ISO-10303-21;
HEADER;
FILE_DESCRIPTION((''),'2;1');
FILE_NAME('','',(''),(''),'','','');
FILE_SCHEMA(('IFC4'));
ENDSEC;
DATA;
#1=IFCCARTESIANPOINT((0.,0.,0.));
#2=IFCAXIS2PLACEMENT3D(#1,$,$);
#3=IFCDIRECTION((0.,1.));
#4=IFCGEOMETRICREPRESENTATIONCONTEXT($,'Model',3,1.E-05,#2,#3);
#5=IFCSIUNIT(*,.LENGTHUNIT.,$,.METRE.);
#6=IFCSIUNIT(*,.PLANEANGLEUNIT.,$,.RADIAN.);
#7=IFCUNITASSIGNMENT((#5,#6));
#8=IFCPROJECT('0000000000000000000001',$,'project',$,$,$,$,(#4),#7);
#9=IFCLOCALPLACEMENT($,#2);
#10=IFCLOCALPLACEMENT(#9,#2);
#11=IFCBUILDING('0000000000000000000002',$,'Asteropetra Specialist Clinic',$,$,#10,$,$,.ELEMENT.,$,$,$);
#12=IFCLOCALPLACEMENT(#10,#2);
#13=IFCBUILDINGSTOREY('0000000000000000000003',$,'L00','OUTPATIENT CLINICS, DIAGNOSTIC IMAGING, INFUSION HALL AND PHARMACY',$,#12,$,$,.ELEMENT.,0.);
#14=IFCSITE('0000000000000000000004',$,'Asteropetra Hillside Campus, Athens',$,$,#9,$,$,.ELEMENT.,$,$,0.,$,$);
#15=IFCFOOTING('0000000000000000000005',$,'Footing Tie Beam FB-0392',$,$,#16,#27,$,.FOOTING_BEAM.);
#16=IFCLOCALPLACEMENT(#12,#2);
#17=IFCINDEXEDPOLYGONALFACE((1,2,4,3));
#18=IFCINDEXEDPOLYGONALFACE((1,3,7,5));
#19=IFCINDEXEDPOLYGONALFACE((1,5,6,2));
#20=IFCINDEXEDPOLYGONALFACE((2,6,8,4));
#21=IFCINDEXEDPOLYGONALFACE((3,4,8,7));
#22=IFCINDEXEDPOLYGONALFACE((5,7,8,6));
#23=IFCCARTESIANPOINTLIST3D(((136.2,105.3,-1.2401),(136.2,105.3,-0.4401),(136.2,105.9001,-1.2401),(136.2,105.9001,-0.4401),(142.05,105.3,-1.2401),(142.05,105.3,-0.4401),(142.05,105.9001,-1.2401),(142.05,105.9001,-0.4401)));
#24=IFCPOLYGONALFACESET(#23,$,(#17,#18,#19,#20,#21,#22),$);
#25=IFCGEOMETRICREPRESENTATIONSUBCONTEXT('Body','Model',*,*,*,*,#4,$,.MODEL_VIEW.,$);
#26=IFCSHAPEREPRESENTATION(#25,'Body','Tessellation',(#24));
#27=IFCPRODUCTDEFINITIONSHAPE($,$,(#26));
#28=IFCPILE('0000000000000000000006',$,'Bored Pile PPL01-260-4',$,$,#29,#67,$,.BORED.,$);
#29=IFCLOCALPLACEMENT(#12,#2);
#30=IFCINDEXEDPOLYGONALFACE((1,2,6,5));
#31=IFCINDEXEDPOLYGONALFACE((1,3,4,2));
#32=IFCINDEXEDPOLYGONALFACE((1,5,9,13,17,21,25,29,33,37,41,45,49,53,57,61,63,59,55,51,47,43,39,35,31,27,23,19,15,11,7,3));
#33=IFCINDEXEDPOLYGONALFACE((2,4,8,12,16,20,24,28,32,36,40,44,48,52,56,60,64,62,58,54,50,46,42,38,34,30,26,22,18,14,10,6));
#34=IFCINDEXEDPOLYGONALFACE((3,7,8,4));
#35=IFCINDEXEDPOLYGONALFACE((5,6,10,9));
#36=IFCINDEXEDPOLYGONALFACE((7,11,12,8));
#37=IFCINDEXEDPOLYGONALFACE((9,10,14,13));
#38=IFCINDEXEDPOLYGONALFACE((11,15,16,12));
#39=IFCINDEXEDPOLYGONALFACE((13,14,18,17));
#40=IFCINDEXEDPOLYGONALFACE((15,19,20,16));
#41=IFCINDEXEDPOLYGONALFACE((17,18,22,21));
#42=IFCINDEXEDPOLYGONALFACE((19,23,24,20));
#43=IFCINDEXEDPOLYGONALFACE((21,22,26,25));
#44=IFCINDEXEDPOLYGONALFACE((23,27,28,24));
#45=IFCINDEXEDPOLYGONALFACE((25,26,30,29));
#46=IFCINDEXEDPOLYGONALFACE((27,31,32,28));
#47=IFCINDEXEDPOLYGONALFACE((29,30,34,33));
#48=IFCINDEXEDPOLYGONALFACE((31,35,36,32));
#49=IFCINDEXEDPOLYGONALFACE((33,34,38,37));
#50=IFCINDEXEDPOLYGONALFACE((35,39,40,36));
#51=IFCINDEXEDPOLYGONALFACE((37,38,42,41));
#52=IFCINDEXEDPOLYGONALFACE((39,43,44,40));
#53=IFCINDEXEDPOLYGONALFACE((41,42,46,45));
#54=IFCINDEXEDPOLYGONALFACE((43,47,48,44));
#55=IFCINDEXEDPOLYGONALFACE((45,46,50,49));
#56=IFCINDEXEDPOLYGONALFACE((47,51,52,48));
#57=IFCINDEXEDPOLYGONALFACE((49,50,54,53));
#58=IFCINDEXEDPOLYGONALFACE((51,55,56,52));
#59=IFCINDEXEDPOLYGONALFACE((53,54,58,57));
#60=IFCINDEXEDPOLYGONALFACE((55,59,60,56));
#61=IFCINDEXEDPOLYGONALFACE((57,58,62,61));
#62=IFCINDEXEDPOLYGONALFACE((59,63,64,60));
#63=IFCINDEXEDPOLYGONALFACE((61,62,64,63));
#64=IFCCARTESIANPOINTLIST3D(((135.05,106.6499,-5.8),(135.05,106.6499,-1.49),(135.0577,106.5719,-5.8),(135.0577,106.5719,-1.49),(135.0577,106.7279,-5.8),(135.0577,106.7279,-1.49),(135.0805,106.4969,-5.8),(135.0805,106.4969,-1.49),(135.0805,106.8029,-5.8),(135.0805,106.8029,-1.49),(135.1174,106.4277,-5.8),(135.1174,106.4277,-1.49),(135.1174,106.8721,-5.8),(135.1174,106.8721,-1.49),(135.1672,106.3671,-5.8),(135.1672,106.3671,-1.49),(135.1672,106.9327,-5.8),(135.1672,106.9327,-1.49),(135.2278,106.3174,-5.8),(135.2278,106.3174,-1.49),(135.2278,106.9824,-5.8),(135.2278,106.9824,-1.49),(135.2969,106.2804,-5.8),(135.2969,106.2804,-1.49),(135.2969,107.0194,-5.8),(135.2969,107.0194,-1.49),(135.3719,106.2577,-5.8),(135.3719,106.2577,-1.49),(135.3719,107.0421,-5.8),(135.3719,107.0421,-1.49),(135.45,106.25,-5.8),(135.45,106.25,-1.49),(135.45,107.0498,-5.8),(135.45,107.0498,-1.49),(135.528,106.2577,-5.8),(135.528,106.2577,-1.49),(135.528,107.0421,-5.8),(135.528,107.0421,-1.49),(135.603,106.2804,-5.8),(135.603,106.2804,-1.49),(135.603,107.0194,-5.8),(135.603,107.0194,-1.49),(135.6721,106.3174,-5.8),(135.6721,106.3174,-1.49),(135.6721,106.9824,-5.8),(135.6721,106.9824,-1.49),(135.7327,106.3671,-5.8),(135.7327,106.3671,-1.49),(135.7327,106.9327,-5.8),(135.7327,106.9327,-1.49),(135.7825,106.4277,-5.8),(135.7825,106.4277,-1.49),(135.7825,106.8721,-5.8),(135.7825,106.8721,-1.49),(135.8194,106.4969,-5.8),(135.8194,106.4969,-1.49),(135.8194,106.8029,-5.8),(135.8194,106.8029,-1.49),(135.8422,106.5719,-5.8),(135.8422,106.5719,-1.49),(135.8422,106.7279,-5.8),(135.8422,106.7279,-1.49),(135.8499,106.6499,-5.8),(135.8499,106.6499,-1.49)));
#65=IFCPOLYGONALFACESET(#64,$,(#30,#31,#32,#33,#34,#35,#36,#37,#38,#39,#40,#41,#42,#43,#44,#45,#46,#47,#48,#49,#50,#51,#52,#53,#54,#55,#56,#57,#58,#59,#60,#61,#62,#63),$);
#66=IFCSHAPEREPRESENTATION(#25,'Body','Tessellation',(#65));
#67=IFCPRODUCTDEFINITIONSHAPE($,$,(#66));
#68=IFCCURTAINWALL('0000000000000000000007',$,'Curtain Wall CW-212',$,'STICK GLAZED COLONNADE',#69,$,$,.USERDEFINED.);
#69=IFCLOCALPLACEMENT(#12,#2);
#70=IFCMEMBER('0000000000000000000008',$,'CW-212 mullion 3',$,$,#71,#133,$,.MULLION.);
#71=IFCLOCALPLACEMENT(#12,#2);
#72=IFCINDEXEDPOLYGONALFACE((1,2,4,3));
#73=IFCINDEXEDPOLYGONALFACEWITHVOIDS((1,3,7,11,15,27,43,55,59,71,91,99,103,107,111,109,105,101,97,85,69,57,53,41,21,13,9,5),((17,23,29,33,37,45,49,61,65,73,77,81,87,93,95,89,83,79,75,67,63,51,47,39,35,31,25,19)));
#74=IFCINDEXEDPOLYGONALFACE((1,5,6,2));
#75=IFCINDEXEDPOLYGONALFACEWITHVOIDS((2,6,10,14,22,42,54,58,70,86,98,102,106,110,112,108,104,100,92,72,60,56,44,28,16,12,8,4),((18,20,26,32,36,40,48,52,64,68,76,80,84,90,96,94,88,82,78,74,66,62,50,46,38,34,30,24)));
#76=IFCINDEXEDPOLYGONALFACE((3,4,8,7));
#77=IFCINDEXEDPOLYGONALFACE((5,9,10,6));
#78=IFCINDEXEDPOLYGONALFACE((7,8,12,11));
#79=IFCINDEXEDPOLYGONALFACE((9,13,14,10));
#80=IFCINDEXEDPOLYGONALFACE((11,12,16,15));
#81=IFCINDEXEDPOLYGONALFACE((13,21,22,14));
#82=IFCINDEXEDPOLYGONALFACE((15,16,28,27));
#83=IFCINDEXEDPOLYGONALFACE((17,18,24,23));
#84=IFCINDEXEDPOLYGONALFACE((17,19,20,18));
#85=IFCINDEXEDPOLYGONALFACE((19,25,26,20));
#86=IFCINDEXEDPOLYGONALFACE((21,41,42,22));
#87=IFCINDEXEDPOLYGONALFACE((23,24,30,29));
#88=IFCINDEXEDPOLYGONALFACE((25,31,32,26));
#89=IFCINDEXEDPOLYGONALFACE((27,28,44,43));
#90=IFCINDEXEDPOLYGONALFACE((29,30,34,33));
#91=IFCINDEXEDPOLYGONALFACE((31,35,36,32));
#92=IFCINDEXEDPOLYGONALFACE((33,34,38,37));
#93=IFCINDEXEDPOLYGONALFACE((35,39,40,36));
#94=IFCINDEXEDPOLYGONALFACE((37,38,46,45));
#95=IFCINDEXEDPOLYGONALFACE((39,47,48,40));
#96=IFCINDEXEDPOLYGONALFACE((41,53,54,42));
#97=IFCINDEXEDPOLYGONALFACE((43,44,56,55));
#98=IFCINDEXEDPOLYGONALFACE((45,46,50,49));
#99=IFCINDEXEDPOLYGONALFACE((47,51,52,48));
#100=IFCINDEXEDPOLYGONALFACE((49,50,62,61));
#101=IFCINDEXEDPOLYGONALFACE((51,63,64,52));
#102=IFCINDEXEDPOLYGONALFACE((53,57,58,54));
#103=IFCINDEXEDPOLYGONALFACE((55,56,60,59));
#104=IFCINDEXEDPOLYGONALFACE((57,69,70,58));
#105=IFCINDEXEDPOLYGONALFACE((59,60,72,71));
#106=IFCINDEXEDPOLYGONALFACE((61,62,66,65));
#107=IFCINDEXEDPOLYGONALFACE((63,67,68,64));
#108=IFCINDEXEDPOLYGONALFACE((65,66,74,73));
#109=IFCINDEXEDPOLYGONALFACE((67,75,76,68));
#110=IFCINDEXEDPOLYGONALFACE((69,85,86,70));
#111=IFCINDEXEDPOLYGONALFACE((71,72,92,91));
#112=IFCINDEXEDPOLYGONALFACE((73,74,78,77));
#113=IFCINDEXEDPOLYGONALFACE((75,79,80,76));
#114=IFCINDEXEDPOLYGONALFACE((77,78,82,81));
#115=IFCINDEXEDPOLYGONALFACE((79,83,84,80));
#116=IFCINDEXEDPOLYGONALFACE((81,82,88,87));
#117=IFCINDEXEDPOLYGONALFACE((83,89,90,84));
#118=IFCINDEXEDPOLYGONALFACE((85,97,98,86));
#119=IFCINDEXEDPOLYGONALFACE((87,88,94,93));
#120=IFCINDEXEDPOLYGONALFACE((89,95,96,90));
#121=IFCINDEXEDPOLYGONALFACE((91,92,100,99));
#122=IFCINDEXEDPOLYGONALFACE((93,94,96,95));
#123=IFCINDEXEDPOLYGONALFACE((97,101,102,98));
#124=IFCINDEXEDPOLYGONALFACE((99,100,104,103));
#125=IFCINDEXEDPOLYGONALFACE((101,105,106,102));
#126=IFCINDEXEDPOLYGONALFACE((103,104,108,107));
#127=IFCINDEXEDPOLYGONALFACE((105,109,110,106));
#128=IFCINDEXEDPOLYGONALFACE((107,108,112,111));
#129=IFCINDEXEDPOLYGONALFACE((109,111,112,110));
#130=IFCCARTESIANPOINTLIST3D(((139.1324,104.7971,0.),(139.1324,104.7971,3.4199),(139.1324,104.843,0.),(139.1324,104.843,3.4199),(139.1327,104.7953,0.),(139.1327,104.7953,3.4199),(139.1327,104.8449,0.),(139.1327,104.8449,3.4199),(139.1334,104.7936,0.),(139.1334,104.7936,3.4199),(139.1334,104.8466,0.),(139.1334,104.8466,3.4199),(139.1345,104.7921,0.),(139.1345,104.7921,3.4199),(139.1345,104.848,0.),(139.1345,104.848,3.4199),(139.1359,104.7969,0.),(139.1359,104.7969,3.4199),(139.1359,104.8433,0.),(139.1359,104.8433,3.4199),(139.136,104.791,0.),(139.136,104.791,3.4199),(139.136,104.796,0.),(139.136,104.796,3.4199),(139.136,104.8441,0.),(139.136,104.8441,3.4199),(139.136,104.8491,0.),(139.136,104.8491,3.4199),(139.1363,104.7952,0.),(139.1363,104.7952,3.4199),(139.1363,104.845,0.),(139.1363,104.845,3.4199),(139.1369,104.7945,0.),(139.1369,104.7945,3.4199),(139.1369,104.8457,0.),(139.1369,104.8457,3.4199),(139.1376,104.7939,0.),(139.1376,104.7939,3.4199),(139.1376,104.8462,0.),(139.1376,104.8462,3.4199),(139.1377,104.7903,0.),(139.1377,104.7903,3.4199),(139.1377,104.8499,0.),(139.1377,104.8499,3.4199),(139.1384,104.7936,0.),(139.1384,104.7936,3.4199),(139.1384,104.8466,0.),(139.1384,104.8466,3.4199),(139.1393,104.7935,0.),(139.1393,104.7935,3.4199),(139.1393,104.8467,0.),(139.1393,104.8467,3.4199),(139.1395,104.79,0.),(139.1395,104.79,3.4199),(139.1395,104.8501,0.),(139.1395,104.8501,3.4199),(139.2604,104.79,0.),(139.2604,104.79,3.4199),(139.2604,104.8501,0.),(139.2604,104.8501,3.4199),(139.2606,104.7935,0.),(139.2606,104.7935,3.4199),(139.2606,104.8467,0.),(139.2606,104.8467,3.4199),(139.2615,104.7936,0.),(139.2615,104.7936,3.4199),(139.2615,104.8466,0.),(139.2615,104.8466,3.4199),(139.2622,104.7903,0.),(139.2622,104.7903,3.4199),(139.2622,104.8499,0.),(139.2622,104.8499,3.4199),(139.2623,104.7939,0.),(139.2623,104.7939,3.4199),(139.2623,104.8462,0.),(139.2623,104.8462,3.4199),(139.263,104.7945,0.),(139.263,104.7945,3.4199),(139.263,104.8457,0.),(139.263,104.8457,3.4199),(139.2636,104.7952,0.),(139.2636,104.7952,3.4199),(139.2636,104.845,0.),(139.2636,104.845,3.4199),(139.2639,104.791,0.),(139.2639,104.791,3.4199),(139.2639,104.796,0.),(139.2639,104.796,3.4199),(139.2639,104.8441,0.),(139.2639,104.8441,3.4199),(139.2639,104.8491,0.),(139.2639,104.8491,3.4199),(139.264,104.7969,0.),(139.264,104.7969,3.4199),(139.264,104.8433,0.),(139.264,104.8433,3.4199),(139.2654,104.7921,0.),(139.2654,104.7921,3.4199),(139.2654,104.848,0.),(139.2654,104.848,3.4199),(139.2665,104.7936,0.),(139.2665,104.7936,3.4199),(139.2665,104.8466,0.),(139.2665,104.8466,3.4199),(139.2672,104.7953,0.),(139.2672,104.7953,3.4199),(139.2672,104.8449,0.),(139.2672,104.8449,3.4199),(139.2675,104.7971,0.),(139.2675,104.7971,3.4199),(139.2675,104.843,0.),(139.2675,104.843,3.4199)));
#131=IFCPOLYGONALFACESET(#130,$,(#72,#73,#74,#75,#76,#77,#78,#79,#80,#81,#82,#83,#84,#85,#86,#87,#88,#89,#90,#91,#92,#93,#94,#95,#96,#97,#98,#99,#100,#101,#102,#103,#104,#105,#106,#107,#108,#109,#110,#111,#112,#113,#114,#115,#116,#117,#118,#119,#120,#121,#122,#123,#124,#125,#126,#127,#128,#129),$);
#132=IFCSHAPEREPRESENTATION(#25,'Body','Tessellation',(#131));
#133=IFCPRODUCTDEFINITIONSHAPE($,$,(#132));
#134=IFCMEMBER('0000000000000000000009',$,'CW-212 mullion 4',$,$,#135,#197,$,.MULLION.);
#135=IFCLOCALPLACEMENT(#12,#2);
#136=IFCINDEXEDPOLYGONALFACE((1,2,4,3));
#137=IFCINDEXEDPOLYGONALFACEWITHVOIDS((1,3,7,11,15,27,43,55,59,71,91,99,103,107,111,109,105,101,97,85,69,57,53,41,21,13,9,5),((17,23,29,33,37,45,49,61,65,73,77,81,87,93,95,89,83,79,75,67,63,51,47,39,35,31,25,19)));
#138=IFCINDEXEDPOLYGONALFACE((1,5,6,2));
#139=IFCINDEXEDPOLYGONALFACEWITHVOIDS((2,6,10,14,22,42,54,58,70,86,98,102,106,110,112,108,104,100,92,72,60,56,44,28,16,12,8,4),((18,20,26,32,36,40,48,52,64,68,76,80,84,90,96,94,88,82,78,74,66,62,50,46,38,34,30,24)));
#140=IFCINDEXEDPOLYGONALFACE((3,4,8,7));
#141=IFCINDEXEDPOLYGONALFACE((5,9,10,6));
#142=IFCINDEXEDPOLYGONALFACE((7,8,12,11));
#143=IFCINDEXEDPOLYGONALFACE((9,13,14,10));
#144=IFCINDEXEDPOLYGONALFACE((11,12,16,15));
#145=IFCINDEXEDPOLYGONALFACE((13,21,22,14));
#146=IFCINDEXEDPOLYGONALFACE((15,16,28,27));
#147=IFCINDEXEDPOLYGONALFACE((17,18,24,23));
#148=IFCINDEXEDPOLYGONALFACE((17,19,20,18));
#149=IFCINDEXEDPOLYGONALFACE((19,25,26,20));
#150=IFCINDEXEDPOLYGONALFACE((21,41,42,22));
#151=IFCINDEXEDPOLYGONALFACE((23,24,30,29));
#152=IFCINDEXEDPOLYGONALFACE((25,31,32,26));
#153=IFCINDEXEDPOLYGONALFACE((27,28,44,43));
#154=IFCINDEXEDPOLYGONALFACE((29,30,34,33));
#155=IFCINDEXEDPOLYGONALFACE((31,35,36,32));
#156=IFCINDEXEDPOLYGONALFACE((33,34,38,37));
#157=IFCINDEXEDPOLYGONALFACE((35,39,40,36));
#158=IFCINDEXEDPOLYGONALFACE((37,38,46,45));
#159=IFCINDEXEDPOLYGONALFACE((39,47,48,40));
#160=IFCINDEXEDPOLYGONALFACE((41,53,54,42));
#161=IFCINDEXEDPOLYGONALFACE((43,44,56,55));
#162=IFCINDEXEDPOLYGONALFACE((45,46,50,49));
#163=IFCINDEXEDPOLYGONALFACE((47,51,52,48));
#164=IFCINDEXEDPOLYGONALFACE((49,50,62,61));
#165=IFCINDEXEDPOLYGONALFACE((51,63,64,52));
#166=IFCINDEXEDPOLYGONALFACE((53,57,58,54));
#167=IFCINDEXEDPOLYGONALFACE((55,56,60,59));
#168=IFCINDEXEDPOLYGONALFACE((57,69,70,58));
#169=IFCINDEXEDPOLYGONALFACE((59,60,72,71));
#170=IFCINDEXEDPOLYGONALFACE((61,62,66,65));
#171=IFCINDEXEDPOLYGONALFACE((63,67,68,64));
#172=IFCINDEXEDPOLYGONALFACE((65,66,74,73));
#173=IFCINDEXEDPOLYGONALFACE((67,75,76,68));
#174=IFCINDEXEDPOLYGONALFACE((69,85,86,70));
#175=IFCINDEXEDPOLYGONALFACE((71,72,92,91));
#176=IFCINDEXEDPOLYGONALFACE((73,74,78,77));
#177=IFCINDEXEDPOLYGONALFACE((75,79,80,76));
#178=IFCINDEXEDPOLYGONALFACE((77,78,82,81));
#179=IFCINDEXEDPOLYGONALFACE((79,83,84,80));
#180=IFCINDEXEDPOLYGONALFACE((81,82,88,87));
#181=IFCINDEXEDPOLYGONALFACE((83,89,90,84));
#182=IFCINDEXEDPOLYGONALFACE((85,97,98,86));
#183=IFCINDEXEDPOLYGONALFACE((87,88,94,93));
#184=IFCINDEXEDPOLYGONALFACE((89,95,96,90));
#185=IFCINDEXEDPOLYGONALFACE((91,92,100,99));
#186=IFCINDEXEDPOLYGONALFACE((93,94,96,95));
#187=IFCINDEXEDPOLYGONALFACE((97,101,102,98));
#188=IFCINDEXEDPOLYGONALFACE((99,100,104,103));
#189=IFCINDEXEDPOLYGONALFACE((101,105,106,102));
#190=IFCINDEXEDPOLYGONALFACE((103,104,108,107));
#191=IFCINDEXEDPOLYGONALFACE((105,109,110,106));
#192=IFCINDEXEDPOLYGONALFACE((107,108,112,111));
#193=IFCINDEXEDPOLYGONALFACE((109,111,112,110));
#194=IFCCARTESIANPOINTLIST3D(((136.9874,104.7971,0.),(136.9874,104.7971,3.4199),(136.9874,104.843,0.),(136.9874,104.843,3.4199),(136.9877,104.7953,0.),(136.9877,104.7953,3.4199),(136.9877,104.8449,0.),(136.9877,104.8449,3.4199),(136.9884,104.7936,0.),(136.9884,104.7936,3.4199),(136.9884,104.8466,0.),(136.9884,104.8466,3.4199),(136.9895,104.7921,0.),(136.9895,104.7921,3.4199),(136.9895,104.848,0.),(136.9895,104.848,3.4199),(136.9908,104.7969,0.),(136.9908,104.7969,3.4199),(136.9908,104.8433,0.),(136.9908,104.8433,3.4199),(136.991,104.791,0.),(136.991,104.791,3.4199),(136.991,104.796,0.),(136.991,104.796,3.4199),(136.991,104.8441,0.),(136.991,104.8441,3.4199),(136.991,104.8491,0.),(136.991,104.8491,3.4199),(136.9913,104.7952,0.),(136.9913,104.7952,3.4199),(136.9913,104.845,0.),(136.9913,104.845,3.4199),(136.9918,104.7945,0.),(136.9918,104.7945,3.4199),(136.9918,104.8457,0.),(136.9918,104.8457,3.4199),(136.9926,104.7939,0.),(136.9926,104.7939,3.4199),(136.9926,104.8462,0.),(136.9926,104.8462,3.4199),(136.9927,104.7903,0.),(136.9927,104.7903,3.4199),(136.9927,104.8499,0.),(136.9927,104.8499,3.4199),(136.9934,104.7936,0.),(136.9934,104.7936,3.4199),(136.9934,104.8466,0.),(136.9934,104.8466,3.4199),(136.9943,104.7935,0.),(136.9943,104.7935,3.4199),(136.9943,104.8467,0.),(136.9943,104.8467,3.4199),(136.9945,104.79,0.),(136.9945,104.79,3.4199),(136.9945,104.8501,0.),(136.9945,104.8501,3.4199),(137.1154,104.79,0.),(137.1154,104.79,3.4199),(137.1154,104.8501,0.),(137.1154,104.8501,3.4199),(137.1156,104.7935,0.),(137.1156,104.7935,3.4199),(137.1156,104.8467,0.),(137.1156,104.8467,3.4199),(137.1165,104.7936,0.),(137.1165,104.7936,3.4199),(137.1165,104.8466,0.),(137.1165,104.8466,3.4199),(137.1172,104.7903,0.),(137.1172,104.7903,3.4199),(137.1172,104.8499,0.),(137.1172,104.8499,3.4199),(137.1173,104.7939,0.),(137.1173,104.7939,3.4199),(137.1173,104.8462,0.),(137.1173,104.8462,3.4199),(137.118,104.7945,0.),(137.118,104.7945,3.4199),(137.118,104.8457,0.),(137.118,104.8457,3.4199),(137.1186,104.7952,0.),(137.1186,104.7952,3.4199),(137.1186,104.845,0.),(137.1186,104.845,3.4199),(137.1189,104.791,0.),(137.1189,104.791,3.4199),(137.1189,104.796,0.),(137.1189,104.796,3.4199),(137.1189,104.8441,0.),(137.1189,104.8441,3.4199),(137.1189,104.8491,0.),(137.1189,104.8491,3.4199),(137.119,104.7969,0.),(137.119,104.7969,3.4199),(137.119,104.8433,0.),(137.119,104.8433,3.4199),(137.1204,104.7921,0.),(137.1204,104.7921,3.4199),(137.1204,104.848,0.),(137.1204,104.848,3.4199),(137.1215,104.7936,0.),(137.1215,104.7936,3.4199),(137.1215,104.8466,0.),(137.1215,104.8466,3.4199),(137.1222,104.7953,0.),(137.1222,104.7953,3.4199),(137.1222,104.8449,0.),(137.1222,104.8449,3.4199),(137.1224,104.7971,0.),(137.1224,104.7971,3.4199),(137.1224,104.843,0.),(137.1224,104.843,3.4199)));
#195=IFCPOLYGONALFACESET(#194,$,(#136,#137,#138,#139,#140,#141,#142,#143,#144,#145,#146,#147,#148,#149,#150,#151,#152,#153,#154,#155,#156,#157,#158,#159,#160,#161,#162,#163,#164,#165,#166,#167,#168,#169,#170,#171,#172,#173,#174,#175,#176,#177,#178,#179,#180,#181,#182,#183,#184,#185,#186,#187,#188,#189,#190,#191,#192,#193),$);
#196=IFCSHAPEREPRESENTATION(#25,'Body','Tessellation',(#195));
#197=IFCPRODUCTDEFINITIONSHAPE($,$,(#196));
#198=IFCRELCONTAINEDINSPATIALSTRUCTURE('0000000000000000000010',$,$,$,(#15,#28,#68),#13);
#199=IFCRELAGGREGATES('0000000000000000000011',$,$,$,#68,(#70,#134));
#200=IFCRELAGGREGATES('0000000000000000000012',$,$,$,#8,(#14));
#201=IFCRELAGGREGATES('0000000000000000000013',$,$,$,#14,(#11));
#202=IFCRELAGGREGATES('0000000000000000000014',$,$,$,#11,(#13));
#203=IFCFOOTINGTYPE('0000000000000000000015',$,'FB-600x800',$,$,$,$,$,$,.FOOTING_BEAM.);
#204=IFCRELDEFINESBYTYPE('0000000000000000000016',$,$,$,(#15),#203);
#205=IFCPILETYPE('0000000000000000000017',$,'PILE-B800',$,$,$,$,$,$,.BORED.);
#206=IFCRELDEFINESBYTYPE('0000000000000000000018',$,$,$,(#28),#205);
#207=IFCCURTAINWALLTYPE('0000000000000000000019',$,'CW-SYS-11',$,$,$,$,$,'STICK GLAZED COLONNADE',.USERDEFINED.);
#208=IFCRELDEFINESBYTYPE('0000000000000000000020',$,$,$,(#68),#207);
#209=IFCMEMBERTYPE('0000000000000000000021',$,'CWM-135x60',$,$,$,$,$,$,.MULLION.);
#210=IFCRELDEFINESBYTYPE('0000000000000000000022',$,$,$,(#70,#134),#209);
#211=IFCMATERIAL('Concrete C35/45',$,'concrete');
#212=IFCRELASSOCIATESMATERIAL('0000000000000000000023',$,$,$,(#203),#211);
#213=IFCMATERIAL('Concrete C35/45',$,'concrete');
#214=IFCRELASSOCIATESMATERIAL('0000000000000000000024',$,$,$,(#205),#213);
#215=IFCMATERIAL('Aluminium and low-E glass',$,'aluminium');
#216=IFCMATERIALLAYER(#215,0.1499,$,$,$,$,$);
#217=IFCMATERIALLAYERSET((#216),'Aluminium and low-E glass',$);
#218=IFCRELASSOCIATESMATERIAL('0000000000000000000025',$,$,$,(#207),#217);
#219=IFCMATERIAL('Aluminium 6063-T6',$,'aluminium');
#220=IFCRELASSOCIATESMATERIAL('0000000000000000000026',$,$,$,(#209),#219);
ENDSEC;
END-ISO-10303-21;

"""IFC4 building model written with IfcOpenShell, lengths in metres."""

from ifc_helpers import new_model, si_unit, direction, frame, origin, origin_2d, place, context, subcontext, project, spatial, rectangle, hollow_rectangle, circle, extrude, material, layer, layer_set, material_profile, profile_set, type_object, element, aggregate, save


model = new_model("IFC4")

# Units and contexts
model_context = context("Model", 3, precision=1e-05, world=origin(), true_north=direction((0.0, 1.0)))
body_context = subcontext(model_context, "Body", "Model", "MODEL_VIEW")
ifc_project = project(units=[si_unit("LENGTHUNIT", "METRE"), si_unit("PLANEANGLEUNIT", "RADIAN")], contexts=[model_context])

# Site, building, storey
site_placement = place(None, origin())
site = spatial("IfcSite", under=ifc_project, at=site_placement, Name="Asteropetra Hillside Campus, Athens", CompositionType="ELEMENT", RefElevation=0.0)
building_placement = place(site_placement, origin())
building = spatial("IfcBuilding", under=site, at=building_placement, Name="Asteropetra Specialist Clinic", CompositionType="ELEMENT")
storey_placement = place(building_placement, origin())
storey = spatial("IfcBuildingStorey", under=building, at=storey_placement, Name="L00", Description="OUTPATIENT CLINICS, DIAGNOSTIC IMAGING, INFUSION HALL AND PHARMACY", CompositionType="ELEMENT", Elevation=0.0)

# Footing
ifc_material_1 = material(Name="Concrete C35/45", Category="concrete")
ifc_material_profile_1 = material_profile(ifc_material_1, rectangle(XDim=0.6001, YDim=0.8, at=origin_2d()), Name="FB 600x800")
ifc_profile_set_1 = profile_set([ifc_material_profile_1], Name="Concrete C35/45")
footing_type = type_object("IfcFootingType", Name="FB-600x800", PredefinedType="FOOTING_BEAM", material=ifc_profile_set_1)
footing_placement = place(storey_placement, frame((136.2, 105.6001, -0.8401), z_axis=(1.0, 0.0, 0.0), x_axis=(0.0, 1.0, 0.0)))
element("IfcFooting", 1, at=footing_placement, inside=storey, type_object=footing_type, Name="Footing Tie Beam FB-0392", PredefinedType="FOOTING_BEAM", context=body_context, shape_type="SweptSolid", body=[
    extrude(rectangle(XDim=0.6001, YDim=0.8, at=origin_2d()), origin(), (0.0, 0.0, 1.0), 5.8501),
])

# Pile
ifc_material_2 = material(Name="Concrete C35/45", Category="concrete")
ifc_material_profile_2 = material_profile(ifc_material_2, circle(Radius=0.3999, at=origin_2d()), Name="PILE D800")
ifc_profile_set_2 = profile_set([ifc_material_profile_2], Name="Concrete C35/45")
pile_type = type_object("IfcPileType", Name="PILE-B800", PredefinedType="BORED", material=ifc_profile_set_2)
pile_placement = place(storey_placement, frame((135.45, 106.6499, -1.49), z_axis=(0.0, 0.0, -1.0), x_axis=(1.0, 0.0, 0.0)))
element("IfcPile", 2, at=pile_placement, inside=storey, type_object=pile_type, Name="Bored Pile PPL01-260-4", PredefinedType="BORED", context=body_context, shape_type="SweptSolid", body=[
    extrude(circle(Radius=0.3999, at=origin_2d()), origin(), (0.0, 0.0, 1.0), 4.3101),
])

# Curtain wall, members
ifc_material_3 = material(Name="Aluminium and low-E glass", Category="aluminium")
ifc_layer_1 = layer(ifc_material_3, 0.1499)
ifc_layer_set_1 = layer_set([ifc_layer_1], Name="Aluminium and low-E glass")
curtain_wall_type = type_object("IfcCurtainWallType", Name="CW-SYS-11", ElementType="STICK GLAZED COLONNADE", PredefinedType="USERDEFINED", material=ifc_layer_set_1)
curtain_wall_placement = place(storey_placement, origin())
curtain_wall = element("IfcCurtainWall", 3, at=curtain_wall_placement, inside=storey, type_object=curtain_wall_type, Name="Curtain Wall CW-212", ObjectType="STICK GLAZED COLONNADE", PredefinedType="USERDEFINED")
ifc_material_4 = material(Name="Aluminium 6063-T6", Category="aluminium")
ifc_material_profile_3 = material_profile(ifc_material_4, hollow_rectangle(XDim=0.0601, YDim=0.135, WallThickness=0.0034, InnerFilletRadius=0.0034, OuterFilletRadius=0.0071, at=origin_2d()), Name="MUL 135x60x3.5")
ifc_profile_set_3 = profile_set([ifc_material_profile_3], Name="Aluminium 6063-T6")
member_type_1 = type_object("IfcMemberType", Name="CWM-135x60", PredefinedType="MULLION", material=ifc_profile_set_3)
member_1_placement = place(storey_placement, frame((139.2, 104.8201, 0.0), z_axis=(0.0, 0.0, 1.0), x_axis=(0.0, -1.0, 0.0)))
member_1 = element("IfcMember", 4, at=member_1_placement, type_object=member_type_1, Name="CW-212 mullion 3", PredefinedType="MULLION", context=body_context, shape_type="SweptSolid", body=[
    extrude(hollow_rectangle(XDim=0.0601, YDim=0.135, WallThickness=0.0034, InnerFilletRadius=0.0034, OuterFilletRadius=0.0071, at=origin_2d()), origin(), (0.0, 0.0, 1.0), 3.4199),
])
member_2_placement = place(storey_placement, frame((137.0549, 104.8201, 0.0), z_axis=(0.0, 0.0, 1.0), x_axis=(0.0, -1.0, 0.0)))
member_2 = element("IfcMember", 5, at=member_2_placement, type_object=member_type_1, Name="CW-212 mullion 4", PredefinedType="MULLION", context=body_context, shape_type="SweptSolid", body=[
    extrude(hollow_rectangle(XDim=0.0601, YDim=0.135, WallThickness=0.0034, InnerFilletRadius=0.0034, OuterFilletRadius=0.0071, at=origin_2d()), origin(), (0.0, 0.0, 1.0), 3.4199),
])
aggregate(curtain_wall, [member_1, member_2])

save(model, "model.ifc")
